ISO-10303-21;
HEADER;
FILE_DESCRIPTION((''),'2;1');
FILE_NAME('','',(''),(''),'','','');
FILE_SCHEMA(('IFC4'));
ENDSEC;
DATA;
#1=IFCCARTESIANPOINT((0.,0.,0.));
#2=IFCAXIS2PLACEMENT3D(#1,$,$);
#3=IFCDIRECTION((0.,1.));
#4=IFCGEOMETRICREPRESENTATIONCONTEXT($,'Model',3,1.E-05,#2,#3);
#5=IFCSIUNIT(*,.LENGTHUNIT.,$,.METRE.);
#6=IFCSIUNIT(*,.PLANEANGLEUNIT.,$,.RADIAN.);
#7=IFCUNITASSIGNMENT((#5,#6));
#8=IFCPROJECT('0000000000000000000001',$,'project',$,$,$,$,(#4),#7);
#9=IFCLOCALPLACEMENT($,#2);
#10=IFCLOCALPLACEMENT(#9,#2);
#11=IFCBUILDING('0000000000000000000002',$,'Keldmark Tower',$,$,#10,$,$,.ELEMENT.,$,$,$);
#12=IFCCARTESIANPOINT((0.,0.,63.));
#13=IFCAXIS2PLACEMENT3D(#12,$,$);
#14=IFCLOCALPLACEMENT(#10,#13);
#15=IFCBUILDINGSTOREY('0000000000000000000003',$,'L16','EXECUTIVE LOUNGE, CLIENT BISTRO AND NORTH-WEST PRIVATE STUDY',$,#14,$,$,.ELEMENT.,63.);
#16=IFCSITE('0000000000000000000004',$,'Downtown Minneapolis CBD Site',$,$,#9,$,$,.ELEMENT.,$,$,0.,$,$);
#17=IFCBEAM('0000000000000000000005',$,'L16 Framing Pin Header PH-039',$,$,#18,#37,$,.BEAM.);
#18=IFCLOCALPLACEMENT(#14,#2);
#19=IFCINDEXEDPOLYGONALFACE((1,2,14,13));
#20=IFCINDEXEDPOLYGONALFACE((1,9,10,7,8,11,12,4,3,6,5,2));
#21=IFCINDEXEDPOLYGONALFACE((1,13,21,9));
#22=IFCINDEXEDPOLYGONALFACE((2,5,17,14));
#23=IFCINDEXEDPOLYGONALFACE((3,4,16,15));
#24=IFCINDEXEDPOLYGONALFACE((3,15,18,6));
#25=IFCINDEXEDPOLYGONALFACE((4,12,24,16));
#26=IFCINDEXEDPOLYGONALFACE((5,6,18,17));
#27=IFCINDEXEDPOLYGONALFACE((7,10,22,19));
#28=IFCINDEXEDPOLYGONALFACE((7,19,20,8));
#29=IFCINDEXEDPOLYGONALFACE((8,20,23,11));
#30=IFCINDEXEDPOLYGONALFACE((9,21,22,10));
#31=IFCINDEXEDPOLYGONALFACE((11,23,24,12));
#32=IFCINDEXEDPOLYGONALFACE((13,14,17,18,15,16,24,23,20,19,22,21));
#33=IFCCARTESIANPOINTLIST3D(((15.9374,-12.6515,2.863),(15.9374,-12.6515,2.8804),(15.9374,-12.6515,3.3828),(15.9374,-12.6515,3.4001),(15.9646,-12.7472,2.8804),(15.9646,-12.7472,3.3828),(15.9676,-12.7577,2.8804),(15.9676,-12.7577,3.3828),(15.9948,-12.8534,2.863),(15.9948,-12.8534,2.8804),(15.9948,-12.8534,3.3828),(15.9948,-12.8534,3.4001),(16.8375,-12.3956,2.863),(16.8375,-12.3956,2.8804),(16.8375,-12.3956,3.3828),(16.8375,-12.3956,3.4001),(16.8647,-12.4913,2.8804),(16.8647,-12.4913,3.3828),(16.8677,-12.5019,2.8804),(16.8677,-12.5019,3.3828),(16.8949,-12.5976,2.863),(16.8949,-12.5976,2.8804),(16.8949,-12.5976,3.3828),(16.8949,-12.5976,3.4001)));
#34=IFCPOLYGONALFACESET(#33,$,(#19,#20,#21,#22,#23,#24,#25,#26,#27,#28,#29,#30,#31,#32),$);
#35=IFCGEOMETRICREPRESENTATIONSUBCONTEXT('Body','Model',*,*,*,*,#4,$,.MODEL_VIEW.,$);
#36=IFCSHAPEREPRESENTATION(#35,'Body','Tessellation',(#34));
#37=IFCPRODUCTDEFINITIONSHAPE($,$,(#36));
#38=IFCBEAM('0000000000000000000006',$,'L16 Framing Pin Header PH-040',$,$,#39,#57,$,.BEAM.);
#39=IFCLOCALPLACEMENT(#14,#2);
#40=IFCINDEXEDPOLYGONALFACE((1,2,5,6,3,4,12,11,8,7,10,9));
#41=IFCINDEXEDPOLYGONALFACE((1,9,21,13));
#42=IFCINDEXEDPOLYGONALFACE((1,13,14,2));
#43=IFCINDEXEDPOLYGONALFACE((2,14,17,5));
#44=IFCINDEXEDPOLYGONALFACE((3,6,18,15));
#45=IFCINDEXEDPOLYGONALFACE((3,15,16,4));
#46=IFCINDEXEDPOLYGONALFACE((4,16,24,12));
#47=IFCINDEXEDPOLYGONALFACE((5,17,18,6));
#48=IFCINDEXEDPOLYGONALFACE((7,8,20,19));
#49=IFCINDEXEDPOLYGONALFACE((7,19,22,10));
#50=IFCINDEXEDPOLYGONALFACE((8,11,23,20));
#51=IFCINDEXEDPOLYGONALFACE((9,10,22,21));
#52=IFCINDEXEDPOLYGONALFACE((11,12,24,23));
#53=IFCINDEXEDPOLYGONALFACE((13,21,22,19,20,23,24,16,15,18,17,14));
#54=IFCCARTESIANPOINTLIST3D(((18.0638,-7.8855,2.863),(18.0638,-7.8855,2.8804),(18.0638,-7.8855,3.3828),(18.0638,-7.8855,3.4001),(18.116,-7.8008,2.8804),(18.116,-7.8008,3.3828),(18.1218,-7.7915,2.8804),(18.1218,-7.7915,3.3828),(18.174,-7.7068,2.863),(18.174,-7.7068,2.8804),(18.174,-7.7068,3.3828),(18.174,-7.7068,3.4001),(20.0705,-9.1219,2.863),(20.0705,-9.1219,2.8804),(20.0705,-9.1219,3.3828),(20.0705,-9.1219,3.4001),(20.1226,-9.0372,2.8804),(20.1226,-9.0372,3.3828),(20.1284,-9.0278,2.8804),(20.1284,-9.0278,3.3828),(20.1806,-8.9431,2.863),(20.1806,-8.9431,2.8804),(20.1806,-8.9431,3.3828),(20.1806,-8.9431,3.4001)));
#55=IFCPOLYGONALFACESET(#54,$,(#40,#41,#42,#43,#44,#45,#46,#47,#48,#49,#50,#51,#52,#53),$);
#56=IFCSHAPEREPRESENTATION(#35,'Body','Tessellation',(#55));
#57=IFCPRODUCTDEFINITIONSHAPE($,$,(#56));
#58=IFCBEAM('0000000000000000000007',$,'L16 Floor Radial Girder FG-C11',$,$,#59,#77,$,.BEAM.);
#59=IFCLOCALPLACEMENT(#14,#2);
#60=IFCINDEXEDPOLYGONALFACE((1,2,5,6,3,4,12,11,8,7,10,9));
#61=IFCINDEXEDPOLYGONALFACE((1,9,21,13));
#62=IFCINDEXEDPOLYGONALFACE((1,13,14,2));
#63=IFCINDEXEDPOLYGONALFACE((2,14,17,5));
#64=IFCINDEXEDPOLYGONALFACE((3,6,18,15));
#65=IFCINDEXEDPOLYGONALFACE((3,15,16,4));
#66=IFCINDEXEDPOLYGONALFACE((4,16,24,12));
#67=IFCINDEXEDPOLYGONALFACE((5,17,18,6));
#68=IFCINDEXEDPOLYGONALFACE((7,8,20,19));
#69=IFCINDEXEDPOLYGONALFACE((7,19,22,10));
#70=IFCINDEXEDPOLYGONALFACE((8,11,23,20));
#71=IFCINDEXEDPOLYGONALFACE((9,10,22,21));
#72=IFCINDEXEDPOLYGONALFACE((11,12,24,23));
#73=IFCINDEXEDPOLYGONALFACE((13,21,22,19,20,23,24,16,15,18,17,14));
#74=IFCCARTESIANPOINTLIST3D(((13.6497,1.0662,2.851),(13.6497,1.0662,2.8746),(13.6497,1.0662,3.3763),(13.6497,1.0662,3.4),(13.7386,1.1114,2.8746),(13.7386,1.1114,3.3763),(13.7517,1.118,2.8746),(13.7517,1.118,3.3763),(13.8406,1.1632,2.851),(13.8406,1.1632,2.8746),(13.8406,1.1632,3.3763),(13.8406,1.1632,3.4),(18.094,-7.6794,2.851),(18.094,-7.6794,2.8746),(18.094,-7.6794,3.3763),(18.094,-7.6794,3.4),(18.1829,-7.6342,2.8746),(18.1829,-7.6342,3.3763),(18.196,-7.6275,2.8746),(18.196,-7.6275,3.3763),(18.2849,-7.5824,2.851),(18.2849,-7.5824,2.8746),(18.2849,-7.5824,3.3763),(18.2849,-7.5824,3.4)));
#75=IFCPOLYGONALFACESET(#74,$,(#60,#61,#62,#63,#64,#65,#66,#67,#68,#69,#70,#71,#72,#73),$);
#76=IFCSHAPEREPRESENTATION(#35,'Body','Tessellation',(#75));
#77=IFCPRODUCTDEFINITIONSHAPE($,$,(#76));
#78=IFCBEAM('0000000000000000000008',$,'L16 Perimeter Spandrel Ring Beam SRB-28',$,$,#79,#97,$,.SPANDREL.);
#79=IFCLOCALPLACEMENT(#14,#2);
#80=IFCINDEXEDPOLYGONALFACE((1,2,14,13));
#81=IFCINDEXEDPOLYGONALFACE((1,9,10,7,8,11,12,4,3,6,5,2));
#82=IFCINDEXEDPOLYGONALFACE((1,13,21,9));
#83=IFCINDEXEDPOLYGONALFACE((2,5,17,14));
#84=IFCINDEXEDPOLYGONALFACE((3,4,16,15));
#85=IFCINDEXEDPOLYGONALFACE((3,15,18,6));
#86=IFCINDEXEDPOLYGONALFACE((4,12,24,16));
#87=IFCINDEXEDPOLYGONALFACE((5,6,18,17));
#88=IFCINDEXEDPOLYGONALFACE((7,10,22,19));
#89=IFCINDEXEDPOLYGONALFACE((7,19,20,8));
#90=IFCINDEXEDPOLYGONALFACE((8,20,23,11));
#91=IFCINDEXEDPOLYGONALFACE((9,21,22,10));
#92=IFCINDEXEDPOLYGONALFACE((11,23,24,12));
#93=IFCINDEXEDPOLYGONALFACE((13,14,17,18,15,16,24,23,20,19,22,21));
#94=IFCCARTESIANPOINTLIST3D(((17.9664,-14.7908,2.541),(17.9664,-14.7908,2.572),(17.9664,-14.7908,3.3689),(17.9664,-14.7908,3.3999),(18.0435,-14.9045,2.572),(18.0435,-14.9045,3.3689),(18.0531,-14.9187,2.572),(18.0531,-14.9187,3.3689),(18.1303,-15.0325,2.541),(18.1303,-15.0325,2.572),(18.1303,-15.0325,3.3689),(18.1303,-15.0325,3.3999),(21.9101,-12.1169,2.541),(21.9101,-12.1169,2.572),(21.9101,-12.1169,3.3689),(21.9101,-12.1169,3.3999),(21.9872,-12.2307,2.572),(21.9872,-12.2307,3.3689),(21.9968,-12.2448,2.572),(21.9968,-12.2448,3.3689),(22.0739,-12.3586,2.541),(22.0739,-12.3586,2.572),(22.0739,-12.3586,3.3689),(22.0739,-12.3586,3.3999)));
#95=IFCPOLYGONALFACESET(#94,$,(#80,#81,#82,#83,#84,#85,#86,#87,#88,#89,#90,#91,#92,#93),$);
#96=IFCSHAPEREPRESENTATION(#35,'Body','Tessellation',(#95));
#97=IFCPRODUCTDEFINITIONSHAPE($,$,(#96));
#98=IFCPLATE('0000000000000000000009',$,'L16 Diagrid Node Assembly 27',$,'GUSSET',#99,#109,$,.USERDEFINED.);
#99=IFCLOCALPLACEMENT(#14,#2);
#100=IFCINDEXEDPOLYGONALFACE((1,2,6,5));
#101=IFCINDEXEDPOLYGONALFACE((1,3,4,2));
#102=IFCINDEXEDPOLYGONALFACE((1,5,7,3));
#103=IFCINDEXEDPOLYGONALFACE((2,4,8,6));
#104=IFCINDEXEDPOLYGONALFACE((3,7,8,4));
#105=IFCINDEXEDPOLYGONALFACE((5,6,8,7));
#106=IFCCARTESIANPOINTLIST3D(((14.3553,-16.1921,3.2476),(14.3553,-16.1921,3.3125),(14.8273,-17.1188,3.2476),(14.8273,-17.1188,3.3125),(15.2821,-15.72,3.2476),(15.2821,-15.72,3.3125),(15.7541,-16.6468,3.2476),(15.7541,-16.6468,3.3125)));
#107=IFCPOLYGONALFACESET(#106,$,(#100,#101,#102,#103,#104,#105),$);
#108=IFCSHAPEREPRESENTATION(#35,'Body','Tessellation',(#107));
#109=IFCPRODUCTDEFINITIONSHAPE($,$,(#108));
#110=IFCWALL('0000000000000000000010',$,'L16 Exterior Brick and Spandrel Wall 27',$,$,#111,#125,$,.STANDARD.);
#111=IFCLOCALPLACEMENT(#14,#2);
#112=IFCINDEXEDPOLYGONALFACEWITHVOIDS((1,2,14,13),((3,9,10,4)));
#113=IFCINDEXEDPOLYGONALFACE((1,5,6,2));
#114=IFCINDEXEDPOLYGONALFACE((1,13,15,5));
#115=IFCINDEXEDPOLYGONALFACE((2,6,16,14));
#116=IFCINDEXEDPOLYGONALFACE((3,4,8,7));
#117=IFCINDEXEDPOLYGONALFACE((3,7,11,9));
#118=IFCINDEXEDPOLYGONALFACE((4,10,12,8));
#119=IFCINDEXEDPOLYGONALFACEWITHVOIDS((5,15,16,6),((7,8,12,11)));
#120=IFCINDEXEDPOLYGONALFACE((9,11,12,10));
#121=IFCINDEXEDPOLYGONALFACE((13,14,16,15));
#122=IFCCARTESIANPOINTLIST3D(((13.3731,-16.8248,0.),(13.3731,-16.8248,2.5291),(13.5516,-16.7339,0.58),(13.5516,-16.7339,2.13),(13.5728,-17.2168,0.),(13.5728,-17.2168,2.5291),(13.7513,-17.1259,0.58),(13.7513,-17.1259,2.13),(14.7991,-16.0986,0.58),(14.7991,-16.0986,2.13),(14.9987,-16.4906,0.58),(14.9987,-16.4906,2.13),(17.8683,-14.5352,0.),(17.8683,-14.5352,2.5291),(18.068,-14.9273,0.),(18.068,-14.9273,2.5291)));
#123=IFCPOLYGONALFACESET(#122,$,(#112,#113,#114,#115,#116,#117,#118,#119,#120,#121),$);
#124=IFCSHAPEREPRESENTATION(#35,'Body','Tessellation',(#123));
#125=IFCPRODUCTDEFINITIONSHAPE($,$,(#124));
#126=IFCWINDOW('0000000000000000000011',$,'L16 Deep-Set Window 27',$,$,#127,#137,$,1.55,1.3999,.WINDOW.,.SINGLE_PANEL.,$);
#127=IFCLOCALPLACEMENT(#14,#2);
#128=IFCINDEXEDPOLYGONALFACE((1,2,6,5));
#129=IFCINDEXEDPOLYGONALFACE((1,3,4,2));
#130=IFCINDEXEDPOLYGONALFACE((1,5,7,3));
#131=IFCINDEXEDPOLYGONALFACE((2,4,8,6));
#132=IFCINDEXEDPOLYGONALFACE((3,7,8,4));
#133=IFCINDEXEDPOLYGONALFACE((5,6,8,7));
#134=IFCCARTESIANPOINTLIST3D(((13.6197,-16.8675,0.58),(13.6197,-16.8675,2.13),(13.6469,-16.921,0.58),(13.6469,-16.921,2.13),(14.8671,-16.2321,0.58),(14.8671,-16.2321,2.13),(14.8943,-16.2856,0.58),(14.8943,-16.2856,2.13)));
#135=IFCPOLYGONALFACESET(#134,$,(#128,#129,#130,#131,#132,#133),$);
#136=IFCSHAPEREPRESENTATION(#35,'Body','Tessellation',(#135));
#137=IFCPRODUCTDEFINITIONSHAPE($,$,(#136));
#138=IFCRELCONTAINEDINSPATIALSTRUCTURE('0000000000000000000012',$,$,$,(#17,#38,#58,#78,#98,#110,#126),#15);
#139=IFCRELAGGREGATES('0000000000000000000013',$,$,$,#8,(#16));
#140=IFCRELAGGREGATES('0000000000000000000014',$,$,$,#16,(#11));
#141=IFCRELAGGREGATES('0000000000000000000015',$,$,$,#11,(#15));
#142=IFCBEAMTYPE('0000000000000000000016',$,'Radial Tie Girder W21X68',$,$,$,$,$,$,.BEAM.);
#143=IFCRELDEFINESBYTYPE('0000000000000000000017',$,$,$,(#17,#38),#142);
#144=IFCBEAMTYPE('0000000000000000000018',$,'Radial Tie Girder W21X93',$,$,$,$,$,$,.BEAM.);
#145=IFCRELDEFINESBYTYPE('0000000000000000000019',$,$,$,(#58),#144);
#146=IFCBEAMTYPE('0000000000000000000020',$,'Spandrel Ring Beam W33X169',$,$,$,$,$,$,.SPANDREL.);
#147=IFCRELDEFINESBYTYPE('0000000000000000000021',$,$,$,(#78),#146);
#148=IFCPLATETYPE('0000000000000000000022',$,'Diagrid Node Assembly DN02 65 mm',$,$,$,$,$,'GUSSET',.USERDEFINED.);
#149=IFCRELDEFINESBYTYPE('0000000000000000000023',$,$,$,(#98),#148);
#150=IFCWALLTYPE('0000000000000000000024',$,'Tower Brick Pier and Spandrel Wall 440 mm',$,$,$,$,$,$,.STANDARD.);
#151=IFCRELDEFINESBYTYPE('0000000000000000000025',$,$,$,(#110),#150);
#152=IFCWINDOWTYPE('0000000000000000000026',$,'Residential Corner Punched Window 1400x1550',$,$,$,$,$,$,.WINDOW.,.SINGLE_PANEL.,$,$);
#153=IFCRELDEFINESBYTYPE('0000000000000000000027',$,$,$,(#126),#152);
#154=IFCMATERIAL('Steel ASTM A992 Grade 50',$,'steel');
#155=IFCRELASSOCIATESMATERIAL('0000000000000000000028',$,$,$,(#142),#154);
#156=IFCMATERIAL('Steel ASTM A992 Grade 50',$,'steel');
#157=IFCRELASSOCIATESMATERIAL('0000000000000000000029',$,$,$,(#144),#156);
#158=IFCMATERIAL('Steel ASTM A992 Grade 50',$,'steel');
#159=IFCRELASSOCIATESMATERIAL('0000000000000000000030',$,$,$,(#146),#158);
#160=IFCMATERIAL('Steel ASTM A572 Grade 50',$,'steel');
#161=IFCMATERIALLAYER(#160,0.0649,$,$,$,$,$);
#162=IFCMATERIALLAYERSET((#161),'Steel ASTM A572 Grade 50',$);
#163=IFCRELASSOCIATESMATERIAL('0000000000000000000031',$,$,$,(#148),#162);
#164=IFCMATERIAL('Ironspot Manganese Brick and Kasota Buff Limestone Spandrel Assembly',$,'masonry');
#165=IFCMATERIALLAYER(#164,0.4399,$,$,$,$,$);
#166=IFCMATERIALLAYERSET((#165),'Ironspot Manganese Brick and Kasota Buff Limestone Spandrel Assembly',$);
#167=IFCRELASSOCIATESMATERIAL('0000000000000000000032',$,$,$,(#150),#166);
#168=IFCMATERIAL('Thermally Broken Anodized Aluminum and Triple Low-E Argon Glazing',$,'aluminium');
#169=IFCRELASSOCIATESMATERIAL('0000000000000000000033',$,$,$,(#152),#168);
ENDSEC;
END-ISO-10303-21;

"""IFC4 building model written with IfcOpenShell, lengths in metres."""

from ifc_helpers import new_model, si_unit, direction, frame, frame_2d, origin, origin_2d, place, context, subcontext, project, spatial, rectangle, i_section, extrude, material, layer, layer_set, material_profile, profile_set, type_object, element, fill, save


model = new_model("IFC4")

# Units and contexts
model_context = context("Model", 3, precision=1e-05, world=origin(), true_north=direction((0.0, 1.0)))
body_context = subcontext(model_context, "Body", "Model", "MODEL_VIEW")
ifc_project = project(units=[si_unit("LENGTHUNIT", "METRE"), si_unit("PLANEANGLEUNIT", "RADIAN")], contexts=[model_context])

# Site, building, storey
site_placement = place(None, origin())
site = spatial("IfcSite", under=ifc_project, at=site_placement, Name="Downtown Minneapolis CBD Site", CompositionType="ELEMENT", RefElevation=0.0)
building_placement = place(site_placement, origin())
building = spatial("IfcBuilding", under=site, at=building_placement, Name="Keldmark Tower", CompositionType="ELEMENT")
storey_placement = place(building_placement, frame((0.0, 0.0, 63.0)))
storey = spatial("IfcBuildingStorey", under=building, at=storey_placement, Name="L16", Description="EXECUTIVE LOUNGE, CLIENT BISTRO AND NORTH-WEST PRIVATE STUDY", CompositionType="ELEMENT", Elevation=63.0)

# Beams
ifc_material_1 = material(Name="Steel ASTM A992 Grade 50", Category="steel")
ifc_material_profile_1 = material_profile(ifc_material_1, i_section(OverallWidth=0.21, OverallDepth=0.5371, WebThickness=0.011, FlangeThickness=0.0173, at=origin_2d()), Name="W21X68")
ifc_profile_set_1 = profile_set([ifc_material_profile_1], Name="Steel ASTM A992 Grade 50")
beam_type_1 = type_object("IfcBeamType", Name="Radial Tie Girder W21X68", PredefinedType="BEAM", material=ifc_profile_set_1)
beam_1_placement = place(storey_placement, frame((15.9661, -12.7524, 3.1316), z_axis=(0.961897, 0.273412, 0.0), x_axis=(-0.273412, 0.961897, 0.0)))
element("IfcBeam", 1, at=beam_1_placement, inside=storey, type_object=beam_type_1, Name="L16 Framing Pin Header PH-039", PredefinedType="BEAM", context=body_context, shape_type="SweptSolid", body=[
    extrude(i_section(OverallWidth=0.21, OverallDepth=0.5371, WebThickness=0.011, FlangeThickness=0.0173, at=origin_2d()), origin(), (0.0, 0.0, 1.0), 0.9358),
])
beam_2_placement = place(storey_placement, frame((18.1189, -7.7961, 3.1316), z_axis=(0.851374, -0.52456, 0.0), x_axis=(0.52456, 0.851374, 0.0)))
element("IfcBeam", 2, at=beam_2_placement, inside=storey, type_object=beam_type_1, Name="L16 Framing Pin Header PH-040", PredefinedType="BEAM", context=body_context, shape_type="SweptSolid", body=[
    extrude(i_section(OverallWidth=0.21, OverallDepth=0.5371, WebThickness=0.011, FlangeThickness=0.0173, at=origin_2d()), origin(), (0.0, 0.0, 1.0), 2.3569),
])
ifc_material_2 = material(Name="Steel ASTM A992 Grade 50", Category="steel")
ifc_material_profile_2 = material_profile(ifc_material_2, i_section(OverallWidth=0.2141, OverallDepth=0.5491, WebThickness=0.0146, FlangeThickness=0.0237, at=origin_2d()), Name="W21X93")
ifc_profile_set_2 = profile_set([ifc_material_profile_2], Name="Steel ASTM A992 Grade 50")
beam_type_2 = type_object("IfcBeamType", Name="Radial Tie Girder W21X93", PredefinedType="BEAM", material=ifc_profile_set_2)
beam_3_placement = place(storey_placement, frame((18.1895, -7.6309, 3.1255), z_axis=(-0.453038, 0.891491, 0.0), x_axis=(-0.891491, -0.453038, 0.0)))
element("IfcBeam", 3, at=beam_3_placement, inside=storey, type_object=beam_type_2, Name="L16 Floor Radial Girder FG-C11", PredefinedType="BEAM", context=body_context, shape_type="SweptSolid", body=[
    extrude(i_section(OverallWidth=0.2141, OverallDepth=0.5491, WebThickness=0.0146, FlangeThickness=0.0237, at=origin_2d()), origin(), (0.0, 0.0, 1.0), 9.8101),
])
ifc_material_3 = material(Name="Steel ASTM A992 Grade 50", Category="steel")
ifc_material_profile_3 = material_profile(ifc_material_3, i_section(OverallWidth=0.292, OverallDepth=0.8589, WebThickness=0.0171, FlangeThickness=0.031, at=origin_2d()), Name="W33X169")
ifc_profile_set_3 = profile_set([ifc_material_profile_3], Name="Steel ASTM A992 Grade 50")
beam_type_3 = type_object("IfcBeamType", Name="Spandrel Ring Beam W33X169", PredefinedType="SPANDREL", material=ifc_profile_set_3)
beam_4_placement = place(storey_placement, frame((18.0483, -14.9116, 2.9705), z_axis=(0.827689, 0.561187, 0.0), x_axis=(-0.561187, 0.827689, 0.0)))
element("IfcBeam", 4, at=beam_4_placement, inside=storey, type_object=beam_type_3, Name="L16 Perimeter Spandrel Ring Beam SRB-28", PredefinedType="SPANDREL", context=body_context, shape_type="SweptSolid", body=[
    extrude(i_section(OverallWidth=0.292, OverallDepth=0.8589, WebThickness=0.0171, FlangeThickness=0.031, at=origin_2d()), origin(), (0.0, 0.0, 1.0), 4.7646),
])

# Plate
ifc_material_4 = material(Name="Steel ASTM A572 Grade 50", Category="steel")
ifc_layer_1 = layer(ifc_material_4, 0.0649)
ifc_layer_set_1 = layer_set([ifc_layer_1], Name="Steel ASTM A572 Grade 50")
plate_type = type_object("IfcPlateType", Name="Diagrid Node Assembly DN02 65 mm", ElementType="GUSSET", PredefinedType="USERDEFINED", material=ifc_layer_set_1)
plate_placement = place(storey_placement, frame((15.0547, -16.4194, 3.2476), z_axis=(0.0, 0.0, 1.0), x_axis=(0.891086, 0.453835, 0.0)))
element("IfcPlate", 5, at=plate_placement, inside=storey, type_object=plate_type, Name="L16 Diagrid Node Assembly 27", ObjectType="GUSSET", PredefinedType="USERDEFINED", context=body_context, shape_type="SweptSolid", body=[
    extrude(rectangle(XDim=1.04, YDim=1.04, at=origin_2d()), origin(), (0.0, 0.0, 1.0), 0.0649),
])

# Wall, opening, window
ifc_material_5 = material(Name="Ironspot Manganese Brick and Kasota Buff Limestone Spandrel Assembly", Category="masonry")
ifc_layer_2 = layer(ifc_material_5, 0.4399)
ifc_layer_set_2 = layer_set([ifc_layer_2], Name="Ironspot Manganese Brick and Kasota Buff Limestone Spandrel Assembly")
wall_type = type_object("IfcWallType", Name="Tower Brick Pier and Spandrel Wall 440 mm", PredefinedType="STANDARD", material=ifc_layer_set_2)
wall_placement = place(storey_placement, frame((17.9683, -14.7312, 0.0), z_axis=(0.0, 0.0, 1.0), x_axis=(-0.891073, -0.453861, 0.0)))
wall = element("IfcWall", 6, at=wall_placement, inside=storey, type_object=wall_type, Name="L16 Exterior Brick and Spandrel Wall 27", PredefinedType="STANDARD", context=body_context, shape_type="SweptSolid", body=[
    extrude(rectangle(XDim=5.0447, YDim=0.4399, at=frame_2d((2.5225, 0.0))), origin(), (0.0, 0.0, 1.0), 2.5291),
])
opening_placement = place(wall_placement, frame((3.4446, 0.0, 0.5801)))
opening = element("IfcOpeningElement", 7, at=opening_placement, cuts=wall, PredefinedType="OPENING", context=body_context, shape_type="SweptSolid", body=[
    extrude(rectangle(XDim=1.3999, YDim=1.55, at=frame_2d((0.7, 0.7749))), frame((0.0, 0.23, 0.0), z_axis=(0.0, -1.0, 0.0), x_axis=(1.0, 0.0, 0.0)), (0.0, 0.0, 1.0), 0.46),
])
ifc_material_6 = material(Name="Thermally Broken Anodized Aluminum and Triple Low-E Argon Glazing", Category="aluminium")
window_type = type_object("IfcWindowType", Name="Residential Corner Punched Window 1400x1550", PartitioningType="SINGLE_PANEL", PredefinedType="WINDOW", material=ifc_material_6)
window_placement = place(opening_placement, origin())
window = element("IfcWindow", 8, at=window_placement, inside=storey, type_object=window_type, Name="L16 Deep-Set Window 27", OverallHeight=1.55, OverallWidth=1.3999, PartitioningType="SINGLE_PANEL", PredefinedType="WINDOW", context=body_context, shape_type="SweptSolid", body=[
    extrude(rectangle(XDim=1.3999, YDim=1.55, at=frame_2d((0.7, 0.7749))), frame((0.0, -0.01, 0.0), z_axis=(0.0, -1.0, 0.0), x_axis=(1.0, 0.0, 0.0)), (0.0, 0.0, 1.0), 0.0601),
])
fill(opening, window)

save(model, "model.ifc")
